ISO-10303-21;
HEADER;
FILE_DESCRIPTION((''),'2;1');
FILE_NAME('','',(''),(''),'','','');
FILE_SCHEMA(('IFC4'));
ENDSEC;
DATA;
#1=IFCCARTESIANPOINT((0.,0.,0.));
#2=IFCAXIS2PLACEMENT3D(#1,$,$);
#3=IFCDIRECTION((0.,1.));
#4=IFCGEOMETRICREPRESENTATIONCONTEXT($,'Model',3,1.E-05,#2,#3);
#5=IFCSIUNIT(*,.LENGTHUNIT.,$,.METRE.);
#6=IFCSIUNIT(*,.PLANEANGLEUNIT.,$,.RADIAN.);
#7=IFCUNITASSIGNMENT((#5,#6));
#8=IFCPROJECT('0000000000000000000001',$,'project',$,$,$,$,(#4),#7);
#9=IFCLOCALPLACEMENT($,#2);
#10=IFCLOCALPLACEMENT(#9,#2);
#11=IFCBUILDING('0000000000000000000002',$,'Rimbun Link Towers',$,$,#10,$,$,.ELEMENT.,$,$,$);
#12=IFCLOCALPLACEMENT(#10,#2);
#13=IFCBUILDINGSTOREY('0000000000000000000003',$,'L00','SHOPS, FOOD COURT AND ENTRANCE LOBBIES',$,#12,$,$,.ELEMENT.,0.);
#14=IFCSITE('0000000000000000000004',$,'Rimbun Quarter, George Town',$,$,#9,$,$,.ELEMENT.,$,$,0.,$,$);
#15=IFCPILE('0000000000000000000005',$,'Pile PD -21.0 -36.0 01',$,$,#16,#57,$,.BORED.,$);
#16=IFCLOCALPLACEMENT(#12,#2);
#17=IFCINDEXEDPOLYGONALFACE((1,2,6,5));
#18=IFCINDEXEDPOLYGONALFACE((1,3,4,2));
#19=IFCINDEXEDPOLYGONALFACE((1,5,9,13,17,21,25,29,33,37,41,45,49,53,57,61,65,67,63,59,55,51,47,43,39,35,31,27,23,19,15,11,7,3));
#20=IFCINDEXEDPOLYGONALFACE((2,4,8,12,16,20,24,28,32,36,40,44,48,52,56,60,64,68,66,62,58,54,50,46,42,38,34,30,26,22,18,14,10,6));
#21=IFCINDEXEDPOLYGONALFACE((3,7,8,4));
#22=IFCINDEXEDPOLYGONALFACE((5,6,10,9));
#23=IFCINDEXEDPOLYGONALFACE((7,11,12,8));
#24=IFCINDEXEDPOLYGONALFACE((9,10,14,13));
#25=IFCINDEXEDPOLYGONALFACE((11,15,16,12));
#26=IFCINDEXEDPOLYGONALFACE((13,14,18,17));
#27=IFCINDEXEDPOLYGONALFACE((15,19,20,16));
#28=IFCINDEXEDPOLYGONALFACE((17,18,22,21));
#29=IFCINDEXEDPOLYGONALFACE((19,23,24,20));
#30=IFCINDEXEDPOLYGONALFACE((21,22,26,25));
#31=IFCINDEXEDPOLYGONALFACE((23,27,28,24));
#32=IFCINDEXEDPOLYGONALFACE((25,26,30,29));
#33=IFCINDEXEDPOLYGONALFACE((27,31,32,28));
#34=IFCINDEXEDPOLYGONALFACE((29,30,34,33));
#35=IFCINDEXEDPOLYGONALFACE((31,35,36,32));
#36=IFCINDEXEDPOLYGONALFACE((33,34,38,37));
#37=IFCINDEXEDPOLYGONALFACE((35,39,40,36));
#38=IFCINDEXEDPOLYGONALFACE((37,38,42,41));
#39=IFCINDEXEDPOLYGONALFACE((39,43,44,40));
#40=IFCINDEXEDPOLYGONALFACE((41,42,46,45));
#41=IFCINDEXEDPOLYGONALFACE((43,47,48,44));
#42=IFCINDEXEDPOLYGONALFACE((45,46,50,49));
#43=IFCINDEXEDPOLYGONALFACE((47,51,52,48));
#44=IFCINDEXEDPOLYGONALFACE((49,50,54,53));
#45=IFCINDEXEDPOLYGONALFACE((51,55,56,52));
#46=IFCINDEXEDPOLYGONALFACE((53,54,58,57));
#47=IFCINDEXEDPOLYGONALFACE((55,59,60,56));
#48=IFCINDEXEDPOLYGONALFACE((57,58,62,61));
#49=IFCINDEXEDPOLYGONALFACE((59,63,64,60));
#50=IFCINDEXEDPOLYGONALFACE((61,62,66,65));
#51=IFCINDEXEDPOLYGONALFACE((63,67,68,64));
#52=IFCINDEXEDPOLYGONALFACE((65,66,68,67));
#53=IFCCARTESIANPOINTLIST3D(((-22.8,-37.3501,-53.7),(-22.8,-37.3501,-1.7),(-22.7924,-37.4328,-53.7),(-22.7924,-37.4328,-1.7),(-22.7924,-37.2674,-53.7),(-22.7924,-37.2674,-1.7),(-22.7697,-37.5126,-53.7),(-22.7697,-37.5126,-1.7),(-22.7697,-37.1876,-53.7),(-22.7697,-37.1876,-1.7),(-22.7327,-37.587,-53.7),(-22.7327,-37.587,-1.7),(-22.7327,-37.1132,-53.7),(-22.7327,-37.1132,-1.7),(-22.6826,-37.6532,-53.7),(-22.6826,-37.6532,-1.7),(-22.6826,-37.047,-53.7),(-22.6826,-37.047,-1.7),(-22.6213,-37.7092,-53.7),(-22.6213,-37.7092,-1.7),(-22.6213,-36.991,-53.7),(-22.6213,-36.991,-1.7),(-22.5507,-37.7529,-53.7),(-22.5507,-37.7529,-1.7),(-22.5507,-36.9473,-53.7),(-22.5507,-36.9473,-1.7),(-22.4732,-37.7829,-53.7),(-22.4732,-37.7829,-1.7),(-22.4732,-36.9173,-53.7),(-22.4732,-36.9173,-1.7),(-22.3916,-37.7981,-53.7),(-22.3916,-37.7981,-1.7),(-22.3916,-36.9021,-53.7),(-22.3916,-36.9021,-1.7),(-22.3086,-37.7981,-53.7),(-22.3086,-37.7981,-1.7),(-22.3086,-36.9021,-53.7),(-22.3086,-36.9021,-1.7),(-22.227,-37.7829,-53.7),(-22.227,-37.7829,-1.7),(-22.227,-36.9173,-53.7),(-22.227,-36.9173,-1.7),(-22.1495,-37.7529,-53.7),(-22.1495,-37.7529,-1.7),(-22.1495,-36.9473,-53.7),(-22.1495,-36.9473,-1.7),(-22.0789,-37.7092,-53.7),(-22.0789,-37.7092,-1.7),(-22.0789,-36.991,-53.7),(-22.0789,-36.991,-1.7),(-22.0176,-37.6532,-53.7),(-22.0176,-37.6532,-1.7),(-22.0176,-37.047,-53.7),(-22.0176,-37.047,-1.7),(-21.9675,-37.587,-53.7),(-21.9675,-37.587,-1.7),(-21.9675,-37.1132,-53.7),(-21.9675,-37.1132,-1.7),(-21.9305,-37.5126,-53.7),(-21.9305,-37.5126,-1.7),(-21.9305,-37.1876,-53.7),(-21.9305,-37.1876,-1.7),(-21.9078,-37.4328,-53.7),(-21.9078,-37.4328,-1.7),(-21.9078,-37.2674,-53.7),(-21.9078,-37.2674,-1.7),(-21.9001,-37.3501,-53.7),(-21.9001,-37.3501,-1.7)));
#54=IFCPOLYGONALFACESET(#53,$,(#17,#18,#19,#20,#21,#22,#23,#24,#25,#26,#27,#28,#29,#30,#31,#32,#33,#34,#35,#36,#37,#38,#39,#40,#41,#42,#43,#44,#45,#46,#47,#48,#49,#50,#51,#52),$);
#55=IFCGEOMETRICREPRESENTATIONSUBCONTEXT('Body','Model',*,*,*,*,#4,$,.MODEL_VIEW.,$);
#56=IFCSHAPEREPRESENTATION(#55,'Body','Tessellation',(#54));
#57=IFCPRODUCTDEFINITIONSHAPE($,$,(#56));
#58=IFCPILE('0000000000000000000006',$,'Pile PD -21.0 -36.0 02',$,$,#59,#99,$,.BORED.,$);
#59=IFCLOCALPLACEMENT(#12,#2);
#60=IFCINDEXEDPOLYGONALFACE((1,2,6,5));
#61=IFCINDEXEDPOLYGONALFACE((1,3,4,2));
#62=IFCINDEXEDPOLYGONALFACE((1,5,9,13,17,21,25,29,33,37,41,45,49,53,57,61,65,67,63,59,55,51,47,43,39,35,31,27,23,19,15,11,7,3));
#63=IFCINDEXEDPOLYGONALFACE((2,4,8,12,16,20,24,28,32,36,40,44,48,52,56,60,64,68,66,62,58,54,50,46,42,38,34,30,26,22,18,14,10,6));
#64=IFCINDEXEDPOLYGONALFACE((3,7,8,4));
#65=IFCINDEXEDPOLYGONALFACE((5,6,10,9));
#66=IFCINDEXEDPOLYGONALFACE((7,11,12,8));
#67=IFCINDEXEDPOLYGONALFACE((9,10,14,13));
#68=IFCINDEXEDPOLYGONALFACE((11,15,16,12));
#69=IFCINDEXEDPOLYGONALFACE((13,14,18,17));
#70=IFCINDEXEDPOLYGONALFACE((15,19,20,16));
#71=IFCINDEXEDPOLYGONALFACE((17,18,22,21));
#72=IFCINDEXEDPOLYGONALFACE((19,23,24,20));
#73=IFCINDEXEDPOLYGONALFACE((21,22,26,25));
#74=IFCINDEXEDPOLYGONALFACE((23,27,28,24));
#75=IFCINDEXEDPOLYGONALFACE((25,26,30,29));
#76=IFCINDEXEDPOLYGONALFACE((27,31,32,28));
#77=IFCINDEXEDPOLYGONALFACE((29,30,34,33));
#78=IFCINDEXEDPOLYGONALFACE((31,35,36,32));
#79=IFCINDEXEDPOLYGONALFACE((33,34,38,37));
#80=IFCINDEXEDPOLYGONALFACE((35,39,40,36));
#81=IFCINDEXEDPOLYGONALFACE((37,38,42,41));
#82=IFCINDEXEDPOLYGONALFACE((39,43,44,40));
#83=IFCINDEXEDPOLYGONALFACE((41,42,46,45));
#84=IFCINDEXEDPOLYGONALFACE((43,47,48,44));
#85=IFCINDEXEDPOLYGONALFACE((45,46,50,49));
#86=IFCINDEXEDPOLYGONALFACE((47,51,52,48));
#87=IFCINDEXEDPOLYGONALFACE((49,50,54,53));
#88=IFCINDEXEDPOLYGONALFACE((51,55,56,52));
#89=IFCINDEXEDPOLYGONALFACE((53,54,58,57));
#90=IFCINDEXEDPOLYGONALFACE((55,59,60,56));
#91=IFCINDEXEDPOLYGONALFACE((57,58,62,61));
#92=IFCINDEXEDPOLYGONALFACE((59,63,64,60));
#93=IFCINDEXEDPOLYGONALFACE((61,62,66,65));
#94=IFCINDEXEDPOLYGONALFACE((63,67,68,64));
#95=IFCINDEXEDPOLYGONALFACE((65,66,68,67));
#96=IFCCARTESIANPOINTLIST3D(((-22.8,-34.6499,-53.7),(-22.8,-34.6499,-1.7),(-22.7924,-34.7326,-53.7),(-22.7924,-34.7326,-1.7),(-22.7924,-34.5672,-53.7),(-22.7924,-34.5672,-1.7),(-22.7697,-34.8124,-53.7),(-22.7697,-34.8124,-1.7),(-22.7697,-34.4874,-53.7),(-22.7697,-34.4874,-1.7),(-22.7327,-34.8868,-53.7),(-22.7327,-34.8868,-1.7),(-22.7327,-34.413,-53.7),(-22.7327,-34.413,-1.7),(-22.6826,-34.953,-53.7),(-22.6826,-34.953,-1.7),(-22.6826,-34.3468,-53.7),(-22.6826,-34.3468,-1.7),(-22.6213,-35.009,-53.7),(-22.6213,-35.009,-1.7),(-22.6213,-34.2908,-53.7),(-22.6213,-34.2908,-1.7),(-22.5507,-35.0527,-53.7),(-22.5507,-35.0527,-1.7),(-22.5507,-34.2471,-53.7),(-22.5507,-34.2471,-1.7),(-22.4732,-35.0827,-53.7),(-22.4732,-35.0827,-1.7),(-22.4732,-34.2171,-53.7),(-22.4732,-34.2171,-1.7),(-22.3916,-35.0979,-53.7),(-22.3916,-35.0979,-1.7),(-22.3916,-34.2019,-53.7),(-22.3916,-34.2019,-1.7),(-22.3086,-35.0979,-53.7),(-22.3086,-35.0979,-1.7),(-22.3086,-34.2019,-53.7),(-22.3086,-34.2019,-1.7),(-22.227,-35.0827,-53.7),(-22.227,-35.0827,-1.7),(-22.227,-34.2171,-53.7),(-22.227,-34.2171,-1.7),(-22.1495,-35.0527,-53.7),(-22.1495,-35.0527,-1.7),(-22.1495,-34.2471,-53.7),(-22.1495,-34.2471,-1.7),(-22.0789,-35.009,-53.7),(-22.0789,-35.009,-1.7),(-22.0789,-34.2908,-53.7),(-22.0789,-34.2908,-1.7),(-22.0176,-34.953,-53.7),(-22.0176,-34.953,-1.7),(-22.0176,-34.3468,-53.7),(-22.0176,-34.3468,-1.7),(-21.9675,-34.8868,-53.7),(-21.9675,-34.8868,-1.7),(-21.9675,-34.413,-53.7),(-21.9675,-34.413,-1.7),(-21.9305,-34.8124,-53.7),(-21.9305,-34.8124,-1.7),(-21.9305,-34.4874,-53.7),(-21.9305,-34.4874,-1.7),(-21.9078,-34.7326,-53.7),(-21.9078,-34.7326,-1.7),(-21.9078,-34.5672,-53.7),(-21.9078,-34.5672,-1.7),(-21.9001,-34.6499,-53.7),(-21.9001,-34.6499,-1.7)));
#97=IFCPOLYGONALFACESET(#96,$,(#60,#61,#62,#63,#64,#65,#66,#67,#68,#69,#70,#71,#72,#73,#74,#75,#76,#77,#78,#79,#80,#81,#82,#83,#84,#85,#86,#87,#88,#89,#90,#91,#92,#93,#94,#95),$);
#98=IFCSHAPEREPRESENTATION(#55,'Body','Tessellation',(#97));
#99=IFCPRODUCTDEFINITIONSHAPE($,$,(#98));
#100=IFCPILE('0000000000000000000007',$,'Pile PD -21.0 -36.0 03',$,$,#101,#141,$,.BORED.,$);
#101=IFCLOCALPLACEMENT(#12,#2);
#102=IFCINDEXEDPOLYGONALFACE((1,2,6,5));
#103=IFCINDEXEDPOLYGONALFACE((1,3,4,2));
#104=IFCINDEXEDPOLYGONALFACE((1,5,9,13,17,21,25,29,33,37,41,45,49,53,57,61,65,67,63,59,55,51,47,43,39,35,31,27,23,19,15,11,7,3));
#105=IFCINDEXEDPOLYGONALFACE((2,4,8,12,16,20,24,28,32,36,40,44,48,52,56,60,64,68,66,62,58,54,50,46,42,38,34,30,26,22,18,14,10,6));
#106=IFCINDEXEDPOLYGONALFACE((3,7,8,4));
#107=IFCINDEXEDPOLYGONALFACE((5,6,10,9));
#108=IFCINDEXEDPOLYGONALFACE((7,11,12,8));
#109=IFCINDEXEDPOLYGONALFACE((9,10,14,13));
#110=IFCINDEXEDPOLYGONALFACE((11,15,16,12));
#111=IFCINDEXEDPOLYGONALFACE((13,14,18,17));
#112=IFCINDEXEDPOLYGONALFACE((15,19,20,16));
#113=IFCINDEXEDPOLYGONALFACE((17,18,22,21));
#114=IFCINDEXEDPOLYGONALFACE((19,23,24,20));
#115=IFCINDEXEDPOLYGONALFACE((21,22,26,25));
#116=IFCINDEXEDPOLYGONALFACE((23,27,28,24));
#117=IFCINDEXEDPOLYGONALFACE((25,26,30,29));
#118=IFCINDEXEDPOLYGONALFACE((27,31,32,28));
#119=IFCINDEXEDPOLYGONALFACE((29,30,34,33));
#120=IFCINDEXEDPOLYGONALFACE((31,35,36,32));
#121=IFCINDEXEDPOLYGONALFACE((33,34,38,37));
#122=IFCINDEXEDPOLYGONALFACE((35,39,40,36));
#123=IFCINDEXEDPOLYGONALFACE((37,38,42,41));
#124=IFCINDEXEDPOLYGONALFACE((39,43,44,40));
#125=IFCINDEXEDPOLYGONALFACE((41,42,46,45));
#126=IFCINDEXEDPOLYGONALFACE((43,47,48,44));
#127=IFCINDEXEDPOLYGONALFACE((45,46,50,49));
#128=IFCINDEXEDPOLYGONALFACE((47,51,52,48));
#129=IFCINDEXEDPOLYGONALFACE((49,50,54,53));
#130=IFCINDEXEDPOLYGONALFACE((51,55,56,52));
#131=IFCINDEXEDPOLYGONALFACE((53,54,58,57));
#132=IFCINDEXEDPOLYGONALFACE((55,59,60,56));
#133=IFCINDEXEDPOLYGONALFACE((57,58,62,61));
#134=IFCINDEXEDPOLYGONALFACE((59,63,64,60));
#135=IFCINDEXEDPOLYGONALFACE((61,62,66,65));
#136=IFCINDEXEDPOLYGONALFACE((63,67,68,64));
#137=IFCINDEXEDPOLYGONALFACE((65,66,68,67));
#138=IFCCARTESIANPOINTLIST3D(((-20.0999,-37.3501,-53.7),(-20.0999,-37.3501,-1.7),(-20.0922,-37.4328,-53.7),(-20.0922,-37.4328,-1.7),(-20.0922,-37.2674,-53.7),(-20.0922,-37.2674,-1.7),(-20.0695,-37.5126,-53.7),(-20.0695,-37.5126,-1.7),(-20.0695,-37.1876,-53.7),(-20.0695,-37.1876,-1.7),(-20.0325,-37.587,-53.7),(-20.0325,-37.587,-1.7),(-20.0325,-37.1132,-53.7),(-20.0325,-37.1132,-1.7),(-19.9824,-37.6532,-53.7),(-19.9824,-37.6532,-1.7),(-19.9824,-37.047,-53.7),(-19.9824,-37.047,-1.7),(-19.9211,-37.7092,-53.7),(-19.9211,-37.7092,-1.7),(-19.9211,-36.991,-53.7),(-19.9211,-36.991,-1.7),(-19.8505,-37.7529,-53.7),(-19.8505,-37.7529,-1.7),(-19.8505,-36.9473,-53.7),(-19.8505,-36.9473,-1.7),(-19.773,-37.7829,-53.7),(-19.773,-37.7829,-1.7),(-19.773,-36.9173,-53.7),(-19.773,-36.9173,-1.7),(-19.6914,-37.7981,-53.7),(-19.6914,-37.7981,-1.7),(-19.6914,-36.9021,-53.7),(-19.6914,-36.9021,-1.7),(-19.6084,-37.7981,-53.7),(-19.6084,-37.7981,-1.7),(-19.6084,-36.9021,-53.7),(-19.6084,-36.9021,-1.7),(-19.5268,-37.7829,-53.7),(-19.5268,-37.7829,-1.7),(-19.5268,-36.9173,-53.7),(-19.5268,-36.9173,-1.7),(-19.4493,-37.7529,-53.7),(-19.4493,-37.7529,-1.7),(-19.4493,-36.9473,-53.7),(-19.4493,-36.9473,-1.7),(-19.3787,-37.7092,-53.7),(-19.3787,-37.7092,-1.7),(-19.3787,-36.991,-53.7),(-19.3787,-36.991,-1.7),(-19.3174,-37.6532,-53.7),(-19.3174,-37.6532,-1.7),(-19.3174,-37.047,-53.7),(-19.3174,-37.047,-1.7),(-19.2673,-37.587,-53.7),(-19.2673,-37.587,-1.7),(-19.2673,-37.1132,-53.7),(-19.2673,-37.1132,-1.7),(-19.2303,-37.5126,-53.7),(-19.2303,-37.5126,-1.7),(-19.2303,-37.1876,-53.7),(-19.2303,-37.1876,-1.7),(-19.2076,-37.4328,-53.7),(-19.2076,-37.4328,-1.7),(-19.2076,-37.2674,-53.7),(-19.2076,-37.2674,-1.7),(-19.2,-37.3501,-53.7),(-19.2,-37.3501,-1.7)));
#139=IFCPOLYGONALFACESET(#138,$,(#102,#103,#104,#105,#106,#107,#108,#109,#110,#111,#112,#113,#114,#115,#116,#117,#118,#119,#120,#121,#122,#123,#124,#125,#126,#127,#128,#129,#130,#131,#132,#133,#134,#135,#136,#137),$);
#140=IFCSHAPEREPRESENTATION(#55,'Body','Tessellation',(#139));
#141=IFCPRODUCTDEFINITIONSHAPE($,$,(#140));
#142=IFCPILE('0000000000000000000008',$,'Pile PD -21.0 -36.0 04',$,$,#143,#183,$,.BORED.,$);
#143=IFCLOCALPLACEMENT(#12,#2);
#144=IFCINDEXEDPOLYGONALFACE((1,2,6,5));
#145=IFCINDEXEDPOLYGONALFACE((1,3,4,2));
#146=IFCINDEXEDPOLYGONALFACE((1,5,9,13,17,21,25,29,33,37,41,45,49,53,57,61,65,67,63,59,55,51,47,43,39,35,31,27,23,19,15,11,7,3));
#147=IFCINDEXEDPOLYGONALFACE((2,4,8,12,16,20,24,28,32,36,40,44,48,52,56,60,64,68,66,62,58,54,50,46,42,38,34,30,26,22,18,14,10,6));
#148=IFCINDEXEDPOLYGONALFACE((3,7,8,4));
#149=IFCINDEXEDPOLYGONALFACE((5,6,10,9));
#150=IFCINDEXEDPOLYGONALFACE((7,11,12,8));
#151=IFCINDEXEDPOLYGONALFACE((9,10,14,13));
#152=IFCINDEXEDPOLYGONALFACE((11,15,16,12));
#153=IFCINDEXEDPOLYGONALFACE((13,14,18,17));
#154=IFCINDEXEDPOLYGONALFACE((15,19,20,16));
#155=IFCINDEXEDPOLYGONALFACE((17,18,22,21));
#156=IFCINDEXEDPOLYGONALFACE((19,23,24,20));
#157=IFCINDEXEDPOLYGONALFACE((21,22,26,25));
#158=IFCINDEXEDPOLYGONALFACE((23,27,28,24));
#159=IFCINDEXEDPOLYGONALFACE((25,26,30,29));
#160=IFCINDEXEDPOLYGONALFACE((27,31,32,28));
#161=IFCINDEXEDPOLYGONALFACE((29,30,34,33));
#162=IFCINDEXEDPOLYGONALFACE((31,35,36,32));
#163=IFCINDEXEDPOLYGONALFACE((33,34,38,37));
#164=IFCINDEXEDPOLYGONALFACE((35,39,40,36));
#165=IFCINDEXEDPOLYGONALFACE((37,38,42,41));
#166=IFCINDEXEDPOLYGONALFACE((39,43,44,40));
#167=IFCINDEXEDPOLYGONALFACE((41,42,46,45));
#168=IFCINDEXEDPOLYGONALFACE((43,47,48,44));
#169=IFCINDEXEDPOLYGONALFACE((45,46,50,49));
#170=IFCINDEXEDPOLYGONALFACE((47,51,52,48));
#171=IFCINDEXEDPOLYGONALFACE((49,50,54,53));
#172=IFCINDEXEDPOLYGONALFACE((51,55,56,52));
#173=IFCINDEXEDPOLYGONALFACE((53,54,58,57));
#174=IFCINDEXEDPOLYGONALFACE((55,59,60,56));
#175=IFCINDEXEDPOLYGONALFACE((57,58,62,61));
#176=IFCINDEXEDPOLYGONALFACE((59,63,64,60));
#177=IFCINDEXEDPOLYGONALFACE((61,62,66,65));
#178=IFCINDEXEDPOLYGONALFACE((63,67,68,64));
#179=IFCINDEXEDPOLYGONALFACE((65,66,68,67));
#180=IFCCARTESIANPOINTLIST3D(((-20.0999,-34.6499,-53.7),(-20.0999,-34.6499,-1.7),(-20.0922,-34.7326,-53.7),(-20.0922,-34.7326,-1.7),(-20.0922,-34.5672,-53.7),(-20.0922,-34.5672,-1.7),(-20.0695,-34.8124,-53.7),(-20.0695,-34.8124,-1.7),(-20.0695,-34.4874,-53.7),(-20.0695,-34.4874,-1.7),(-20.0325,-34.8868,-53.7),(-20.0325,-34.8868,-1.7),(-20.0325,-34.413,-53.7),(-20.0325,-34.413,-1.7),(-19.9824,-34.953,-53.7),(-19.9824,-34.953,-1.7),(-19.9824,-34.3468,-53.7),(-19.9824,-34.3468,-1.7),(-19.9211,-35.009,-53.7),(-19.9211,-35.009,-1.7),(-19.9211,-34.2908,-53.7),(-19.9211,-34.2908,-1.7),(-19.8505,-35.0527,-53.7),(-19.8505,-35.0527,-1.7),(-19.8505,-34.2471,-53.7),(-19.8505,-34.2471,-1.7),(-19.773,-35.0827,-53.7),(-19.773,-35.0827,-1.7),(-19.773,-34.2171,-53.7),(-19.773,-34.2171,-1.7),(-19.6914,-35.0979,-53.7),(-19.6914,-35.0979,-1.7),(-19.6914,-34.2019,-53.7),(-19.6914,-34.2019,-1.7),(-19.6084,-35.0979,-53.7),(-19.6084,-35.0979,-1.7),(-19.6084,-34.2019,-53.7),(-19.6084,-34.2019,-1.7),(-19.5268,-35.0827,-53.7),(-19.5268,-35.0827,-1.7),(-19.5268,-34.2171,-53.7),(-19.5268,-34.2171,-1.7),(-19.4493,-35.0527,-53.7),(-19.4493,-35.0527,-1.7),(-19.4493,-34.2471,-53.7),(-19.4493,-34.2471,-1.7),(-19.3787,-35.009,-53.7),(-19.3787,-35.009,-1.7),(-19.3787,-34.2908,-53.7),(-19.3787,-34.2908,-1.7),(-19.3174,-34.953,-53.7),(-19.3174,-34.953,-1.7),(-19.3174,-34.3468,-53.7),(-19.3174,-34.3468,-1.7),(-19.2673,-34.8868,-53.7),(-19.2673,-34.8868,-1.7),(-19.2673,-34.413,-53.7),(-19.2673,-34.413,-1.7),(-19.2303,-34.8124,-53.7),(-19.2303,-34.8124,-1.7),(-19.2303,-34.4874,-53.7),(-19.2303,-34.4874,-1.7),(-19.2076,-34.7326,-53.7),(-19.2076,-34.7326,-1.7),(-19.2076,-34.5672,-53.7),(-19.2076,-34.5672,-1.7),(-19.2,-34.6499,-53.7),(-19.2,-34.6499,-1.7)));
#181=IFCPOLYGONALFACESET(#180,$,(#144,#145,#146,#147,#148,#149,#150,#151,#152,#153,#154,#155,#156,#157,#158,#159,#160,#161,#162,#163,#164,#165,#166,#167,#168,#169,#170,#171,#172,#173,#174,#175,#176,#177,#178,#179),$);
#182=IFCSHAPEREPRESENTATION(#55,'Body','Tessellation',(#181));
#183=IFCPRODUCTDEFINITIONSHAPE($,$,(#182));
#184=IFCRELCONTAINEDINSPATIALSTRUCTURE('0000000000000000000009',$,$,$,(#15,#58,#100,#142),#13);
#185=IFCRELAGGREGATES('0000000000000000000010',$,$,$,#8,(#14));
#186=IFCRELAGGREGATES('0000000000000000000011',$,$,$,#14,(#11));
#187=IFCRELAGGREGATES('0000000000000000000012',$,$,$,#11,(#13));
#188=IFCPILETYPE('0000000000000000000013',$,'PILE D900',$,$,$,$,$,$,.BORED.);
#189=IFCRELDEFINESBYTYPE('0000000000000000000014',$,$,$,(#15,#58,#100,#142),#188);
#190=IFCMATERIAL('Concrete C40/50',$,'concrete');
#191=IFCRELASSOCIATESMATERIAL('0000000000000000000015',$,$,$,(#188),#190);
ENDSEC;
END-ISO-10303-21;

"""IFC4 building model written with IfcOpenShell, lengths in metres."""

from ifc_helpers import new_model, si_unit, direction, frame, origin, origin_2d, place, context, subcontext, project, spatial, circle, extrude, material, material_profile, profile_set, type_object, element, save


model = new_model("IFC4")

# Units and contexts
model_context = context("Model", 3, precision=1e-05, world=origin(), true_north=direction((0.0, 1.0)))
body_context = subcontext(model_context, "Body", "Model", "MODEL_VIEW")
ifc_project = project(units=[si_unit("LENGTHUNIT", "METRE"), si_unit("PLANEANGLEUNIT", "RADIAN")], contexts=[model_context])

# Site, building, storey
site_placement = place(None, origin())
site = spatial("IfcSite", under=ifc_project, at=site_placement, Name="Rimbun Quarter, George Town", CompositionType="ELEMENT", RefElevation=0.0)
building_placement = place(site_placement, origin())
building = spatial("IfcBuilding", under=site, at=building_placement, Name="Rimbun Link Towers", CompositionType="ELEMENT")
storey_placement = place(building_placement, origin())
storey = spatial("IfcBuildingStorey", under=building, at=storey_placement, Name="L00", Description="SHOPS, FOOD COURT AND ENTRANCE LOBBIES", CompositionType="ELEMENT", Elevation=0.0)

# Piles
ifc_material_1 = material(Name="Concrete C40/50", Category="concrete")
ifc_material_profile_1 = material_profile(ifc_material_1, circle(Radius=0.45, at=origin_2d()), Name="PILE D900")
ifc_profile_set_1 = profile_set([ifc_material_profile_1], Name="Concrete C40/50")
pile_type = type_object("IfcPileType", Name="PILE D900", PredefinedType="BORED", material=ifc_profile_set_1)
for number, where, z_axis, x_axis, name in (
    (1, (-22.3501, -37.3501, -1.7), (0.0, 0.0, -1.0), (1.0, 0.0, 0.0), "Pile PD -21.0 -36.0 01"),
    (2, (-22.3501, -34.6499, -1.7), (0.0, 0.0, -1.0), (1.0, 0.0, 0.0), "Pile PD -21.0 -36.0 02"),
    (3, (-19.6499, -37.3501, -1.7), (0.0, 0.0, -1.0), (1.0, 0.0, 0.0), "Pile PD -21.0 -36.0 03"),
    (4, (-19.6499, -34.6499, -1.7), (0.0, 0.0, -1.0), (1.0, 0.0, 0.0), "Pile PD -21.0 -36.0 04"),
):
    element("IfcPile", number, at=place(storey_placement, frame(where, z_axis=z_axis, x_axis=x_axis)), inside=storey, type_object=pile_type, Name=name, PredefinedType="BORED", context=body_context, shape_type="SweptSolid", body=[
        extrude(circle(Radius=0.45, at=origin_2d()), origin(), (0.0, 0.0, 1.0), 52.0),
    ])

save(model, "model.ifc")
